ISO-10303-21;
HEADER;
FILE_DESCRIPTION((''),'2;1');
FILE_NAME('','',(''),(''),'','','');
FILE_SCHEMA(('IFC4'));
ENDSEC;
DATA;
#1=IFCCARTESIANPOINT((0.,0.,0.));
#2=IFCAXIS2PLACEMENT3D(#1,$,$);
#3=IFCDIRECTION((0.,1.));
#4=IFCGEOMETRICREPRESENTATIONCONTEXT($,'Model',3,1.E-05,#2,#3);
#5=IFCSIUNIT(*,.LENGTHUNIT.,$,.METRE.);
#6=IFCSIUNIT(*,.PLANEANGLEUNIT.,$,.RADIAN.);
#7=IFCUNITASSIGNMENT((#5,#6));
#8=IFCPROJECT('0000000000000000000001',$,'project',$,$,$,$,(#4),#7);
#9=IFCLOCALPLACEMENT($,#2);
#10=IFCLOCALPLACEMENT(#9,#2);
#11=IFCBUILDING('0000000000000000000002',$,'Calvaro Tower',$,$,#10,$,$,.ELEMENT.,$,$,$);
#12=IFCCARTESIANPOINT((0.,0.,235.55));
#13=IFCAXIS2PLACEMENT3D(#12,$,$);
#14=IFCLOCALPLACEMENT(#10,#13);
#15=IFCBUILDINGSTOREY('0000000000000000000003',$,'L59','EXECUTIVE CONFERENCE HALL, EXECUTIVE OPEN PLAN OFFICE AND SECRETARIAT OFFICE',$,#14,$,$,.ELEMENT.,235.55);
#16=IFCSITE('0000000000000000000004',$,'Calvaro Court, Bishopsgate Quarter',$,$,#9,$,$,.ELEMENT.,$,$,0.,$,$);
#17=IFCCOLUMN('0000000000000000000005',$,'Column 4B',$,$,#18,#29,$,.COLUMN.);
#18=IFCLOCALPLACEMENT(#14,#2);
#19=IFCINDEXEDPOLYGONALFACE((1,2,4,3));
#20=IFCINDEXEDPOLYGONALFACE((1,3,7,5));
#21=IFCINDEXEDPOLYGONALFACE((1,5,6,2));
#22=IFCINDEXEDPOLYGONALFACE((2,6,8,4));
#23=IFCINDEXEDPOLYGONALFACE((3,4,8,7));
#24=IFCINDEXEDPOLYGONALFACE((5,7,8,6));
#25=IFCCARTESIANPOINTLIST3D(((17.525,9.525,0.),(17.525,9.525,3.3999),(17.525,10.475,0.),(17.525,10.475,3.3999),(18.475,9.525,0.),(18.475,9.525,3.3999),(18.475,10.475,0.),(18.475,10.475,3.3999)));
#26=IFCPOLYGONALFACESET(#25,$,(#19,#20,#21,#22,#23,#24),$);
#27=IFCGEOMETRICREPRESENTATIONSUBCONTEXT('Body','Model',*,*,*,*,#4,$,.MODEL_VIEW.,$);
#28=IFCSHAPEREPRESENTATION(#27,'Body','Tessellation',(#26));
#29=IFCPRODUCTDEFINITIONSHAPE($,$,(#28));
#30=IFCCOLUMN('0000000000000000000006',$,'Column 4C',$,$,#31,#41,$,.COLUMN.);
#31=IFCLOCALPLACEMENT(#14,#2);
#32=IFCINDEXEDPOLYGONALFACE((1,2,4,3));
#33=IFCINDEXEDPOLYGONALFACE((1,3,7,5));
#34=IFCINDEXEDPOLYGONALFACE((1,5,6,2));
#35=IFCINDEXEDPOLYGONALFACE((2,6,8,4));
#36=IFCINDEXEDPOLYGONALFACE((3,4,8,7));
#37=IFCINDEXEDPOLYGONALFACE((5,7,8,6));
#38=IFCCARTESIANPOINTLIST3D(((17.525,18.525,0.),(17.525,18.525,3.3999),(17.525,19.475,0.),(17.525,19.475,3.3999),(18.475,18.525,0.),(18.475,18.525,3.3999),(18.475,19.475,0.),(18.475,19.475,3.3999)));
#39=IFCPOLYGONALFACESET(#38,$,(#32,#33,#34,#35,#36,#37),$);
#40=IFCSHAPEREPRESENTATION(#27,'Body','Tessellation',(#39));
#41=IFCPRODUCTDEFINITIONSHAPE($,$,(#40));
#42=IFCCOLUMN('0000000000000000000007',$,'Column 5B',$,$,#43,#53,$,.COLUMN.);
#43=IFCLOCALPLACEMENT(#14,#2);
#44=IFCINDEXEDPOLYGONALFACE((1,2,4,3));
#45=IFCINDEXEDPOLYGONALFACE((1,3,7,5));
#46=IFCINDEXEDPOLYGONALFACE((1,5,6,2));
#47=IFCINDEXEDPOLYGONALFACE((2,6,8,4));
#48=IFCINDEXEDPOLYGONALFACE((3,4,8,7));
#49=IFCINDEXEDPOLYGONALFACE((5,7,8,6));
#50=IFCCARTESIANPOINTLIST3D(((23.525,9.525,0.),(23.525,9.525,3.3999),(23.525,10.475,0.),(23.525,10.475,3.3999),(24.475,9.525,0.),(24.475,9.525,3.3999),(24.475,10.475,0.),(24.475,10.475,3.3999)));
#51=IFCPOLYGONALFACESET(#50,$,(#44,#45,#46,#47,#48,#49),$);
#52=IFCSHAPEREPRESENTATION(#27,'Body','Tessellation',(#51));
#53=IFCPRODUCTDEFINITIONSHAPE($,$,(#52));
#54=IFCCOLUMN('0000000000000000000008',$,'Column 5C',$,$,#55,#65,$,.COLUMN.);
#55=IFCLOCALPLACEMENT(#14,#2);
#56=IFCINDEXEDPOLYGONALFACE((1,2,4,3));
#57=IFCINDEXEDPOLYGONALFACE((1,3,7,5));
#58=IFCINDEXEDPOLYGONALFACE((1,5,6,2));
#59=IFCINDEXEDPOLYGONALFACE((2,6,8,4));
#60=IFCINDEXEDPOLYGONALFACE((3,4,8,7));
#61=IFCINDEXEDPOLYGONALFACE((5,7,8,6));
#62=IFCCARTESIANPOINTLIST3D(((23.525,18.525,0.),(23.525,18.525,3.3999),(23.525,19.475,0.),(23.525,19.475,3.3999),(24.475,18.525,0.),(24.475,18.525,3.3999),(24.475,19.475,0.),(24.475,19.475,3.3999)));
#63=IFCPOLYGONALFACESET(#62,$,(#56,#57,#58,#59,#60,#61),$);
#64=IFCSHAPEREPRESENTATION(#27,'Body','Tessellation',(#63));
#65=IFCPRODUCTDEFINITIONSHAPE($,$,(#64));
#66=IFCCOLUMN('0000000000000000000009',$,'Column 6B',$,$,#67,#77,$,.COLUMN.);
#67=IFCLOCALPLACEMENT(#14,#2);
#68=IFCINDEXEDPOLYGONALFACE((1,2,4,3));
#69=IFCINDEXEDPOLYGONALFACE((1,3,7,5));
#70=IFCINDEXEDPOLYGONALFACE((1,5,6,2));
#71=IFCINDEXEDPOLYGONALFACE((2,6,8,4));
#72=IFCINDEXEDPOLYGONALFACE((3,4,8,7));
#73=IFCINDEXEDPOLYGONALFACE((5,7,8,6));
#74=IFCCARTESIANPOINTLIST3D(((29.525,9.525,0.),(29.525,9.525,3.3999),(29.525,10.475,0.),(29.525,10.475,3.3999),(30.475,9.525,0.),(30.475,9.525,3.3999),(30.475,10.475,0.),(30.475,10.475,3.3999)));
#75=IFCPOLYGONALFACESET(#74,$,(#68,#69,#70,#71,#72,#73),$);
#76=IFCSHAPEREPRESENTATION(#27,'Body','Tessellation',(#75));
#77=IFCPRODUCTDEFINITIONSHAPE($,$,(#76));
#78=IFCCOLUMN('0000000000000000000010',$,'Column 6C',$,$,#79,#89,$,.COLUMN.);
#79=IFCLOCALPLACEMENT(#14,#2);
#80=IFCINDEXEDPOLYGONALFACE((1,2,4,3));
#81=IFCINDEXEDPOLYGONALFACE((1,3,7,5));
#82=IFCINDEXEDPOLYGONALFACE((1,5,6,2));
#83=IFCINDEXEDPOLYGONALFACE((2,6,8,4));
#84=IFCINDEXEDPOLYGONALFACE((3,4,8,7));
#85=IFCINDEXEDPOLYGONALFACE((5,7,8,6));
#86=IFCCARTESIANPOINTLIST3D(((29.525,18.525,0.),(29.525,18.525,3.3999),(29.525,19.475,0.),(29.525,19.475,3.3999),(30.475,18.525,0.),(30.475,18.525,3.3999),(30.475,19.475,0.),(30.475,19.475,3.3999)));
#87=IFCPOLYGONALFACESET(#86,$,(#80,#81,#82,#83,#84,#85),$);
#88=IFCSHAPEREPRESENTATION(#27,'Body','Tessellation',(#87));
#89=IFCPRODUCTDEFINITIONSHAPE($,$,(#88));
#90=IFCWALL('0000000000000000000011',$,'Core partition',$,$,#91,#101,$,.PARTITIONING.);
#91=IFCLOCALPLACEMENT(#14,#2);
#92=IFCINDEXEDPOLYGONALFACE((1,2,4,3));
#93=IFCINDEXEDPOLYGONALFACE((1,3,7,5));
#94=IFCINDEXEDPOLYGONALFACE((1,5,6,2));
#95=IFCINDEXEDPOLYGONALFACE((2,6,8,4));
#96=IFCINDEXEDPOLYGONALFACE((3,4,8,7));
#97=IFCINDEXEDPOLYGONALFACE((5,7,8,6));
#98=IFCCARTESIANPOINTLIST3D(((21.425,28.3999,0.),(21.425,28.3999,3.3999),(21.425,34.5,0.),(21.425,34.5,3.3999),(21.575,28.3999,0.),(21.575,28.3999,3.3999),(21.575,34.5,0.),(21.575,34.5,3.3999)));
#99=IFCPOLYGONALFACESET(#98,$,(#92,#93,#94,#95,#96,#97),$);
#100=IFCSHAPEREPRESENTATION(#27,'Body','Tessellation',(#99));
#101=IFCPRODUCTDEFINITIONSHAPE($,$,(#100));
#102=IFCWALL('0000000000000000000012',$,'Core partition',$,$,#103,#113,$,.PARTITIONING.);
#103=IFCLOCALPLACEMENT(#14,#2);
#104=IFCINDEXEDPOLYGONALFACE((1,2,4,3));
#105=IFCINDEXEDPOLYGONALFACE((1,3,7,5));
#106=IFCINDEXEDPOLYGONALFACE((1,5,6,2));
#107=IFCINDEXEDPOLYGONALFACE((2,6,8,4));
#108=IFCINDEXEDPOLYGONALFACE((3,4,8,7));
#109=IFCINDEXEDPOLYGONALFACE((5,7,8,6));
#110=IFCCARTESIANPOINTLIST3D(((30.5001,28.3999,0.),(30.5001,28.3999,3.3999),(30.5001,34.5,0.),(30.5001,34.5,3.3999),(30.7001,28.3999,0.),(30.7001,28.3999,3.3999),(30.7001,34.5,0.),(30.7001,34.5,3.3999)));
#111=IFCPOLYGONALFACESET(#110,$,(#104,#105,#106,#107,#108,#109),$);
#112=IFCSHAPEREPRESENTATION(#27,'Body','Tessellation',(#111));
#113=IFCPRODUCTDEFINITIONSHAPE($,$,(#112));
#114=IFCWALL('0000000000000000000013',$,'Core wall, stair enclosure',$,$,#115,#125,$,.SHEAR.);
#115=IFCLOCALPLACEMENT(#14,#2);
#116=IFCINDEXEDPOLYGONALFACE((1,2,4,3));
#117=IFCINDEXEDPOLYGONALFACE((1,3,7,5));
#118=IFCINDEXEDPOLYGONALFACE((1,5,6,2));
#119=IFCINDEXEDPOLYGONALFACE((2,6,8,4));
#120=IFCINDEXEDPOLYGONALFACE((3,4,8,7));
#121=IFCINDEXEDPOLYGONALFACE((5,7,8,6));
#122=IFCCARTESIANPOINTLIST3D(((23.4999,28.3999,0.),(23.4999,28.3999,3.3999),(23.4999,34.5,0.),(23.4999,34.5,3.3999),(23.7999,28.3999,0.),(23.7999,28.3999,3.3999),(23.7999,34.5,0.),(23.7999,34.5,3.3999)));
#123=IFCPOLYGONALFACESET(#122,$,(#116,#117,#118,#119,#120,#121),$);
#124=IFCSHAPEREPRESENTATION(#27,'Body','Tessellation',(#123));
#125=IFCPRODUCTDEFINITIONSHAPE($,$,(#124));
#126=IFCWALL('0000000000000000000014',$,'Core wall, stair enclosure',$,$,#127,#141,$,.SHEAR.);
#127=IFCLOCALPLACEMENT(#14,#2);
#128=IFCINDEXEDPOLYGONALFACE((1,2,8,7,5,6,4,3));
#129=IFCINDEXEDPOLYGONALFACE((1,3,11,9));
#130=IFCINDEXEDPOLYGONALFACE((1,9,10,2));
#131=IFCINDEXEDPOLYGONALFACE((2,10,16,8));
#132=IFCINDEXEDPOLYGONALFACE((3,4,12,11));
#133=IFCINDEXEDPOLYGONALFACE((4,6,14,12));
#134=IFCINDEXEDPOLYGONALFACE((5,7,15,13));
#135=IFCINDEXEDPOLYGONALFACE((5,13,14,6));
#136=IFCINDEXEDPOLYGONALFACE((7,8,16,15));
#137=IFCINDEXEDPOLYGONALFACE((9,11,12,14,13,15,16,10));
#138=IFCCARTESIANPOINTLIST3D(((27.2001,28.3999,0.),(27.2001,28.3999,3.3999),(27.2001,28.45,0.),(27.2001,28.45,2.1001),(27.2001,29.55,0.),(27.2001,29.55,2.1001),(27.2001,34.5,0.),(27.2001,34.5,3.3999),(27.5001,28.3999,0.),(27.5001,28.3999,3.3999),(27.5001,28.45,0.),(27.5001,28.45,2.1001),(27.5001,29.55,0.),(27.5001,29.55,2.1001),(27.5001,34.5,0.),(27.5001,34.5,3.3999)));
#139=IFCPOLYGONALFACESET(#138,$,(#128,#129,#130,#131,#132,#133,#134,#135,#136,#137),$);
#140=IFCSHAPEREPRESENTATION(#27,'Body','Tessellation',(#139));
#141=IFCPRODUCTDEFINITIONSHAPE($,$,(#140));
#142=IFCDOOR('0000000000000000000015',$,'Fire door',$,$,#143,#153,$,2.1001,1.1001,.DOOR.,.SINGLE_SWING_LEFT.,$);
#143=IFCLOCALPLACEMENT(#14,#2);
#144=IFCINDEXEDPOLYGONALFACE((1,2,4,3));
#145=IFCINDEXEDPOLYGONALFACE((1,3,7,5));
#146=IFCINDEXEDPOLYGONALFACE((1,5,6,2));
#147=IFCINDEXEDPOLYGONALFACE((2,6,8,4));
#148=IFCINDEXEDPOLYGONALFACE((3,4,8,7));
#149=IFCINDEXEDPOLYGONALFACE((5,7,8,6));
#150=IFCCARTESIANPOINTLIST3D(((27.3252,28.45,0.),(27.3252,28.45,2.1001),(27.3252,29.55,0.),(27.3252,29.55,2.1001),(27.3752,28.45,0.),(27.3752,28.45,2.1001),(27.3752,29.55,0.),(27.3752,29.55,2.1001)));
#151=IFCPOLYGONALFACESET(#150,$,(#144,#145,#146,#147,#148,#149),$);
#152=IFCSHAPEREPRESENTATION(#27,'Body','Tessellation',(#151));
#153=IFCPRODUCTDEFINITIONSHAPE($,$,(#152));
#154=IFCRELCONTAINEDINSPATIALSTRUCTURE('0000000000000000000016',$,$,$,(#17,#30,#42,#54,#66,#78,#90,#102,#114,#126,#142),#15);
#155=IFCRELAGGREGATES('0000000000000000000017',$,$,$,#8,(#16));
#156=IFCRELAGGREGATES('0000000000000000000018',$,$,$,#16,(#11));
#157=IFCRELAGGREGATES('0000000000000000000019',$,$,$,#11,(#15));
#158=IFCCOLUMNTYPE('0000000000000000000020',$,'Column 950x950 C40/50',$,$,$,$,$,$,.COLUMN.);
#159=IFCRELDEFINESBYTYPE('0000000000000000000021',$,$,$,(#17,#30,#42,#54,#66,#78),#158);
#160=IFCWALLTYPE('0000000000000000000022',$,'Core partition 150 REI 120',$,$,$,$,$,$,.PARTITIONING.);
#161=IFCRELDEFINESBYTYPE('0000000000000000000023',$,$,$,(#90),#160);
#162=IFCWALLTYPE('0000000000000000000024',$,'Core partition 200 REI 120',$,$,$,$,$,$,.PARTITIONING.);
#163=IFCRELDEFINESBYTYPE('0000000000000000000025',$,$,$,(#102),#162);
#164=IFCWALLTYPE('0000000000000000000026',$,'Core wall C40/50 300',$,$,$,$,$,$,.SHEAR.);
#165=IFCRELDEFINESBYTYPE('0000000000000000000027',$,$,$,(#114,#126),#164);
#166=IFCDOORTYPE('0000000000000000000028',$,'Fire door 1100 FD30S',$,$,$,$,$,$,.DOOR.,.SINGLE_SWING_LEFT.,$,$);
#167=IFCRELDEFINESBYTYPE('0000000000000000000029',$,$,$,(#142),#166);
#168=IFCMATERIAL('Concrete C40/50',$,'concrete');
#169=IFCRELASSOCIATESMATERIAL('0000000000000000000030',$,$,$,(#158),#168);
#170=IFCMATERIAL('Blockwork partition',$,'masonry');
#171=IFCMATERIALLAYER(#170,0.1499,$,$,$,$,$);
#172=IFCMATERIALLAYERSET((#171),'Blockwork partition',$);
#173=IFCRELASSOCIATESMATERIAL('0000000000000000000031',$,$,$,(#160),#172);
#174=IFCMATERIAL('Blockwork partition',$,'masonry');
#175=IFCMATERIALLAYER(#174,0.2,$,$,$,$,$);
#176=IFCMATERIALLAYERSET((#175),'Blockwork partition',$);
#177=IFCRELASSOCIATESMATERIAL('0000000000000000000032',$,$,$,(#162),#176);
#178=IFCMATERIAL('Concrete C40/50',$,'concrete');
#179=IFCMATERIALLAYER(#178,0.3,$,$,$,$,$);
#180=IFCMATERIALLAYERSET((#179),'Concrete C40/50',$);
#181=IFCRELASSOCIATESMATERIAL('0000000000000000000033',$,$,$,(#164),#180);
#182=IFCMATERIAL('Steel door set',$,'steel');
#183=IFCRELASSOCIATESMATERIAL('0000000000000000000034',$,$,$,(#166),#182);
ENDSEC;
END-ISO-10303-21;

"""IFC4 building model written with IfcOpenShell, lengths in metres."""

from ifc_helpers import new_model, si_unit, direction, frame, frame_2d, origin, origin_2d, place, context, subcontext, project, spatial, rectangle, extrude, material, layer, layer_set, material_profile, profile_set, type_object, element, fill, save


model = new_model("IFC4")

# Units and contexts
model_context = context("Model", 3, precision=1e-05, world=origin(), true_north=direction((0.0, 1.0)))
body_context = subcontext(model_context, "Body", "Model", "MODEL_VIEW")
ifc_project = project(units=[si_unit("LENGTHUNIT", "METRE"), si_unit("PLANEANGLEUNIT", "RADIAN")], contexts=[model_context])

# Site, building, storey
site_placement = place(None, origin())
site = spatial("IfcSite", under=ifc_project, at=site_placement, Name="Calvaro Court, Bishopsgate Quarter", CompositionType="ELEMENT", RefElevation=0.0)
building_placement = place(site_placement, origin())
building = spatial("IfcBuilding", under=site, at=building_placement, Name="Calvaro Tower", CompositionType="ELEMENT")
storey_placement = place(building_placement, frame((0.0, 0.0, 235.55)))
storey = spatial("IfcBuildingStorey", under=building, at=storey_placement, Name="L59", Description="EXECUTIVE CONFERENCE HALL, EXECUTIVE OPEN PLAN OFFICE AND SECRETARIAT OFFICE", CompositionType="ELEMENT", Elevation=235.55)

# Columns
ifc_material_1 = material(Name="Concrete C40/50", Category="concrete")
ifc_material_profile = material_profile(ifc_material_1, rectangle(XDim=0.95, YDim=0.95, at=origin_2d()), Name="RC 950x950")
ifc_profile_set = profile_set([ifc_material_profile], Name="Concrete C40/50")
column_type = type_object("IfcColumnType", Name="Column 950x950 C40/50", PredefinedType="COLUMN", material=ifc_profile_set)
for number, where, z_axis, x_axis, name in (
    (1, (18.0, 10.0, 0.0), (0.0, 0.0, 1.0), (1.0, 0.0, 0.0), "Column 4B"),
    (2, (18.0, 19.0, 0.0), (0.0, 0.0, 1.0), (1.0, 0.0, 0.0), "Column 4C"),
    (3, (24.0, 10.0, 0.0), (0.0, 0.0, 1.0), (1.0, 0.0, 0.0), "Column 5B"),
    (4, (24.0, 19.0, 0.0), (0.0, 0.0, 1.0), (1.0, 0.0, 0.0), "Column 5C"),
    (5, (30.0, 10.0, 0.0), (0.0, 0.0, 1.0), (1.0, 0.0, 0.0), "Column 6B"),
    (6, (30.0, 19.0, 0.0), (0.0, 0.0, 1.0), (1.0, 0.0, 0.0), "Column 6C"),
):
    element("IfcColumn", number, at=place(storey_placement, frame(where, z_axis=z_axis, x_axis=x_axis)), inside=storey, type_object=column_type, Name=name, PredefinedType="COLUMN", context=body_context, shape_type="SweptSolid", body=[
        extrude(rectangle(XDim=0.95, YDim=0.95, at=origin_2d()), origin(), (0.0, 0.0, 1.0), 3.3999),
    ])

# Walls
ifc_material_2 = material(Name="Blockwork partition", Category="masonry")
ifc_layer_1 = layer(ifc_material_2, 0.1499)
ifc_layer_set_1 = layer_set([ifc_layer_1], Name="Blockwork partition")
wall_type_1 = type_object("IfcWallType", Name="Core partition 150 REI 120", PredefinedType="PARTITIONING", material=ifc_layer_set_1)
wall_1_placement = place(storey_placement, frame((21.5, 28.3999, 0.0), z_axis=(0.0, 0.0, 1.0), x_axis=(0.0, 1.0, 0.0)))
element("IfcWall", 7, at=wall_1_placement, inside=storey, type_object=wall_type_1, Name="Core partition", PredefinedType="PARTITIONING", context=body_context, shape_type="SweptSolid", body=[
    extrude(rectangle(XDim=6.1001, YDim=0.1499, at=frame_2d((3.05, 0.0))), origin(), (0.0, 0.0, 1.0), 3.3999),
])
ifc_material_3 = material(Name="Blockwork partition", Category="masonry")
ifc_layer_2 = layer(ifc_material_3, 0.2)
ifc_layer_set_2 = layer_set([ifc_layer_2], Name="Blockwork partition")
wall_type_2 = type_object("IfcWallType", Name="Core partition 200 REI 120", PredefinedType="PARTITIONING", material=ifc_layer_set_2)
wall_2_placement = place(storey_placement, frame((30.6001, 28.3999, 0.0), z_axis=(0.0, 0.0, 1.0), x_axis=(0.0, 1.0, 0.0)))
element("IfcWall", 8, at=wall_2_placement, inside=storey, type_object=wall_type_2, Name="Core partition", PredefinedType="PARTITIONING", context=body_context, shape_type="SweptSolid", body=[
    extrude(rectangle(XDim=6.1001, YDim=0.2, at=frame_2d((3.05, 0.0))), origin(), (0.0, 0.0, 1.0), 3.3999),
])
ifc_material_4 = material(Name="Concrete C40/50", Category="concrete")
ifc_layer_3 = layer(ifc_material_4, 0.3)
ifc_layer_set_3 = layer_set([ifc_layer_3], Name="Concrete C40/50")
wall_type_3 = type_object("IfcWallType", Name="Core wall C40/50 300", PredefinedType="SHEAR", material=ifc_layer_set_3)
wall_3_placement = place(storey_placement, frame((23.6499, 28.3999, 0.0), z_axis=(0.0, 0.0, 1.0), x_axis=(0.0, 1.0, 0.0)))
element("IfcWall", 9, at=wall_3_placement, inside=storey, type_object=wall_type_3, Name="Core wall, stair enclosure", PredefinedType="SHEAR", context=body_context, shape_type="SweptSolid", body=[
    extrude(rectangle(XDim=6.1001, YDim=0.3, at=frame_2d((3.05, 0.0))), origin(), (0.0, 0.0, 1.0), 3.3999),
])

# Wall, opening, door
wall_4_placement = place(storey_placement, frame((27.3501, 28.3999, 0.0), z_axis=(0.0, 0.0, 1.0), x_axis=(0.0, 1.0, 0.0)))
wall_4 = element("IfcWall", 10, at=wall_4_placement, inside=storey, type_object=wall_type_3, Name="Core wall, stair enclosure", PredefinedType="SHEAR", context=body_context, shape_type="SweptSolid", body=[
    extrude(rectangle(XDim=6.1001, YDim=0.3, at=frame_2d((3.05, 0.0))), origin(), (0.0, 0.0, 1.0), 3.3999),
])
opening_1_placement = place(wall_4_placement, frame((0.05, 0.0, 0.0)))
opening_1 = element("IfcOpeningElement", 11, at=opening_1_placement, cuts=wall_4, PredefinedType="OPENING", context=body_context, shape_type="SweptSolid", body=[
    extrude(rectangle(XDim=1.1001, YDim=2.1001, at=frame_2d((0.55, 1.05))), frame((0.0, 0.1599, 0.0), z_axis=(0.0, -1.0, 0.0), x_axis=(1.0, 0.0, 0.0)), (0.0, 0.0, 1.0), 0.3201),
])
ifc_material_5 = material(Name="Steel door set", Category="steel")
door_type_1 = type_object("IfcDoorType", Name="Fire door 1100 FD30S", OperationType="SINGLE_SWING_LEFT", PredefinedType="DOOR", material=ifc_material_5)
door_1_placement = place(opening_1_placement, origin())
door_1 = element("IfcDoor", 12, at=door_1_placement, inside=storey, type_object=door_type_1, Name="Fire door", OperationType="SINGLE_SWING_LEFT", OverallHeight=2.1001, OverallWidth=1.1001, PredefinedType="DOOR", context=body_context, shape_type="SweptSolid", body=[
    extrude(rectangle(XDim=1.1001, YDim=2.1001, at=frame_2d((0.55, 1.05))), frame((0.0, 0.0249, 0.0), z_axis=(0.0, -1.0, 0.0), x_axis=(1.0, 0.0, 0.0)), (0.0, 0.0, 1.0), 0.05),
])
fill(opening_1, door_1)

save(model, "model.ifc")
